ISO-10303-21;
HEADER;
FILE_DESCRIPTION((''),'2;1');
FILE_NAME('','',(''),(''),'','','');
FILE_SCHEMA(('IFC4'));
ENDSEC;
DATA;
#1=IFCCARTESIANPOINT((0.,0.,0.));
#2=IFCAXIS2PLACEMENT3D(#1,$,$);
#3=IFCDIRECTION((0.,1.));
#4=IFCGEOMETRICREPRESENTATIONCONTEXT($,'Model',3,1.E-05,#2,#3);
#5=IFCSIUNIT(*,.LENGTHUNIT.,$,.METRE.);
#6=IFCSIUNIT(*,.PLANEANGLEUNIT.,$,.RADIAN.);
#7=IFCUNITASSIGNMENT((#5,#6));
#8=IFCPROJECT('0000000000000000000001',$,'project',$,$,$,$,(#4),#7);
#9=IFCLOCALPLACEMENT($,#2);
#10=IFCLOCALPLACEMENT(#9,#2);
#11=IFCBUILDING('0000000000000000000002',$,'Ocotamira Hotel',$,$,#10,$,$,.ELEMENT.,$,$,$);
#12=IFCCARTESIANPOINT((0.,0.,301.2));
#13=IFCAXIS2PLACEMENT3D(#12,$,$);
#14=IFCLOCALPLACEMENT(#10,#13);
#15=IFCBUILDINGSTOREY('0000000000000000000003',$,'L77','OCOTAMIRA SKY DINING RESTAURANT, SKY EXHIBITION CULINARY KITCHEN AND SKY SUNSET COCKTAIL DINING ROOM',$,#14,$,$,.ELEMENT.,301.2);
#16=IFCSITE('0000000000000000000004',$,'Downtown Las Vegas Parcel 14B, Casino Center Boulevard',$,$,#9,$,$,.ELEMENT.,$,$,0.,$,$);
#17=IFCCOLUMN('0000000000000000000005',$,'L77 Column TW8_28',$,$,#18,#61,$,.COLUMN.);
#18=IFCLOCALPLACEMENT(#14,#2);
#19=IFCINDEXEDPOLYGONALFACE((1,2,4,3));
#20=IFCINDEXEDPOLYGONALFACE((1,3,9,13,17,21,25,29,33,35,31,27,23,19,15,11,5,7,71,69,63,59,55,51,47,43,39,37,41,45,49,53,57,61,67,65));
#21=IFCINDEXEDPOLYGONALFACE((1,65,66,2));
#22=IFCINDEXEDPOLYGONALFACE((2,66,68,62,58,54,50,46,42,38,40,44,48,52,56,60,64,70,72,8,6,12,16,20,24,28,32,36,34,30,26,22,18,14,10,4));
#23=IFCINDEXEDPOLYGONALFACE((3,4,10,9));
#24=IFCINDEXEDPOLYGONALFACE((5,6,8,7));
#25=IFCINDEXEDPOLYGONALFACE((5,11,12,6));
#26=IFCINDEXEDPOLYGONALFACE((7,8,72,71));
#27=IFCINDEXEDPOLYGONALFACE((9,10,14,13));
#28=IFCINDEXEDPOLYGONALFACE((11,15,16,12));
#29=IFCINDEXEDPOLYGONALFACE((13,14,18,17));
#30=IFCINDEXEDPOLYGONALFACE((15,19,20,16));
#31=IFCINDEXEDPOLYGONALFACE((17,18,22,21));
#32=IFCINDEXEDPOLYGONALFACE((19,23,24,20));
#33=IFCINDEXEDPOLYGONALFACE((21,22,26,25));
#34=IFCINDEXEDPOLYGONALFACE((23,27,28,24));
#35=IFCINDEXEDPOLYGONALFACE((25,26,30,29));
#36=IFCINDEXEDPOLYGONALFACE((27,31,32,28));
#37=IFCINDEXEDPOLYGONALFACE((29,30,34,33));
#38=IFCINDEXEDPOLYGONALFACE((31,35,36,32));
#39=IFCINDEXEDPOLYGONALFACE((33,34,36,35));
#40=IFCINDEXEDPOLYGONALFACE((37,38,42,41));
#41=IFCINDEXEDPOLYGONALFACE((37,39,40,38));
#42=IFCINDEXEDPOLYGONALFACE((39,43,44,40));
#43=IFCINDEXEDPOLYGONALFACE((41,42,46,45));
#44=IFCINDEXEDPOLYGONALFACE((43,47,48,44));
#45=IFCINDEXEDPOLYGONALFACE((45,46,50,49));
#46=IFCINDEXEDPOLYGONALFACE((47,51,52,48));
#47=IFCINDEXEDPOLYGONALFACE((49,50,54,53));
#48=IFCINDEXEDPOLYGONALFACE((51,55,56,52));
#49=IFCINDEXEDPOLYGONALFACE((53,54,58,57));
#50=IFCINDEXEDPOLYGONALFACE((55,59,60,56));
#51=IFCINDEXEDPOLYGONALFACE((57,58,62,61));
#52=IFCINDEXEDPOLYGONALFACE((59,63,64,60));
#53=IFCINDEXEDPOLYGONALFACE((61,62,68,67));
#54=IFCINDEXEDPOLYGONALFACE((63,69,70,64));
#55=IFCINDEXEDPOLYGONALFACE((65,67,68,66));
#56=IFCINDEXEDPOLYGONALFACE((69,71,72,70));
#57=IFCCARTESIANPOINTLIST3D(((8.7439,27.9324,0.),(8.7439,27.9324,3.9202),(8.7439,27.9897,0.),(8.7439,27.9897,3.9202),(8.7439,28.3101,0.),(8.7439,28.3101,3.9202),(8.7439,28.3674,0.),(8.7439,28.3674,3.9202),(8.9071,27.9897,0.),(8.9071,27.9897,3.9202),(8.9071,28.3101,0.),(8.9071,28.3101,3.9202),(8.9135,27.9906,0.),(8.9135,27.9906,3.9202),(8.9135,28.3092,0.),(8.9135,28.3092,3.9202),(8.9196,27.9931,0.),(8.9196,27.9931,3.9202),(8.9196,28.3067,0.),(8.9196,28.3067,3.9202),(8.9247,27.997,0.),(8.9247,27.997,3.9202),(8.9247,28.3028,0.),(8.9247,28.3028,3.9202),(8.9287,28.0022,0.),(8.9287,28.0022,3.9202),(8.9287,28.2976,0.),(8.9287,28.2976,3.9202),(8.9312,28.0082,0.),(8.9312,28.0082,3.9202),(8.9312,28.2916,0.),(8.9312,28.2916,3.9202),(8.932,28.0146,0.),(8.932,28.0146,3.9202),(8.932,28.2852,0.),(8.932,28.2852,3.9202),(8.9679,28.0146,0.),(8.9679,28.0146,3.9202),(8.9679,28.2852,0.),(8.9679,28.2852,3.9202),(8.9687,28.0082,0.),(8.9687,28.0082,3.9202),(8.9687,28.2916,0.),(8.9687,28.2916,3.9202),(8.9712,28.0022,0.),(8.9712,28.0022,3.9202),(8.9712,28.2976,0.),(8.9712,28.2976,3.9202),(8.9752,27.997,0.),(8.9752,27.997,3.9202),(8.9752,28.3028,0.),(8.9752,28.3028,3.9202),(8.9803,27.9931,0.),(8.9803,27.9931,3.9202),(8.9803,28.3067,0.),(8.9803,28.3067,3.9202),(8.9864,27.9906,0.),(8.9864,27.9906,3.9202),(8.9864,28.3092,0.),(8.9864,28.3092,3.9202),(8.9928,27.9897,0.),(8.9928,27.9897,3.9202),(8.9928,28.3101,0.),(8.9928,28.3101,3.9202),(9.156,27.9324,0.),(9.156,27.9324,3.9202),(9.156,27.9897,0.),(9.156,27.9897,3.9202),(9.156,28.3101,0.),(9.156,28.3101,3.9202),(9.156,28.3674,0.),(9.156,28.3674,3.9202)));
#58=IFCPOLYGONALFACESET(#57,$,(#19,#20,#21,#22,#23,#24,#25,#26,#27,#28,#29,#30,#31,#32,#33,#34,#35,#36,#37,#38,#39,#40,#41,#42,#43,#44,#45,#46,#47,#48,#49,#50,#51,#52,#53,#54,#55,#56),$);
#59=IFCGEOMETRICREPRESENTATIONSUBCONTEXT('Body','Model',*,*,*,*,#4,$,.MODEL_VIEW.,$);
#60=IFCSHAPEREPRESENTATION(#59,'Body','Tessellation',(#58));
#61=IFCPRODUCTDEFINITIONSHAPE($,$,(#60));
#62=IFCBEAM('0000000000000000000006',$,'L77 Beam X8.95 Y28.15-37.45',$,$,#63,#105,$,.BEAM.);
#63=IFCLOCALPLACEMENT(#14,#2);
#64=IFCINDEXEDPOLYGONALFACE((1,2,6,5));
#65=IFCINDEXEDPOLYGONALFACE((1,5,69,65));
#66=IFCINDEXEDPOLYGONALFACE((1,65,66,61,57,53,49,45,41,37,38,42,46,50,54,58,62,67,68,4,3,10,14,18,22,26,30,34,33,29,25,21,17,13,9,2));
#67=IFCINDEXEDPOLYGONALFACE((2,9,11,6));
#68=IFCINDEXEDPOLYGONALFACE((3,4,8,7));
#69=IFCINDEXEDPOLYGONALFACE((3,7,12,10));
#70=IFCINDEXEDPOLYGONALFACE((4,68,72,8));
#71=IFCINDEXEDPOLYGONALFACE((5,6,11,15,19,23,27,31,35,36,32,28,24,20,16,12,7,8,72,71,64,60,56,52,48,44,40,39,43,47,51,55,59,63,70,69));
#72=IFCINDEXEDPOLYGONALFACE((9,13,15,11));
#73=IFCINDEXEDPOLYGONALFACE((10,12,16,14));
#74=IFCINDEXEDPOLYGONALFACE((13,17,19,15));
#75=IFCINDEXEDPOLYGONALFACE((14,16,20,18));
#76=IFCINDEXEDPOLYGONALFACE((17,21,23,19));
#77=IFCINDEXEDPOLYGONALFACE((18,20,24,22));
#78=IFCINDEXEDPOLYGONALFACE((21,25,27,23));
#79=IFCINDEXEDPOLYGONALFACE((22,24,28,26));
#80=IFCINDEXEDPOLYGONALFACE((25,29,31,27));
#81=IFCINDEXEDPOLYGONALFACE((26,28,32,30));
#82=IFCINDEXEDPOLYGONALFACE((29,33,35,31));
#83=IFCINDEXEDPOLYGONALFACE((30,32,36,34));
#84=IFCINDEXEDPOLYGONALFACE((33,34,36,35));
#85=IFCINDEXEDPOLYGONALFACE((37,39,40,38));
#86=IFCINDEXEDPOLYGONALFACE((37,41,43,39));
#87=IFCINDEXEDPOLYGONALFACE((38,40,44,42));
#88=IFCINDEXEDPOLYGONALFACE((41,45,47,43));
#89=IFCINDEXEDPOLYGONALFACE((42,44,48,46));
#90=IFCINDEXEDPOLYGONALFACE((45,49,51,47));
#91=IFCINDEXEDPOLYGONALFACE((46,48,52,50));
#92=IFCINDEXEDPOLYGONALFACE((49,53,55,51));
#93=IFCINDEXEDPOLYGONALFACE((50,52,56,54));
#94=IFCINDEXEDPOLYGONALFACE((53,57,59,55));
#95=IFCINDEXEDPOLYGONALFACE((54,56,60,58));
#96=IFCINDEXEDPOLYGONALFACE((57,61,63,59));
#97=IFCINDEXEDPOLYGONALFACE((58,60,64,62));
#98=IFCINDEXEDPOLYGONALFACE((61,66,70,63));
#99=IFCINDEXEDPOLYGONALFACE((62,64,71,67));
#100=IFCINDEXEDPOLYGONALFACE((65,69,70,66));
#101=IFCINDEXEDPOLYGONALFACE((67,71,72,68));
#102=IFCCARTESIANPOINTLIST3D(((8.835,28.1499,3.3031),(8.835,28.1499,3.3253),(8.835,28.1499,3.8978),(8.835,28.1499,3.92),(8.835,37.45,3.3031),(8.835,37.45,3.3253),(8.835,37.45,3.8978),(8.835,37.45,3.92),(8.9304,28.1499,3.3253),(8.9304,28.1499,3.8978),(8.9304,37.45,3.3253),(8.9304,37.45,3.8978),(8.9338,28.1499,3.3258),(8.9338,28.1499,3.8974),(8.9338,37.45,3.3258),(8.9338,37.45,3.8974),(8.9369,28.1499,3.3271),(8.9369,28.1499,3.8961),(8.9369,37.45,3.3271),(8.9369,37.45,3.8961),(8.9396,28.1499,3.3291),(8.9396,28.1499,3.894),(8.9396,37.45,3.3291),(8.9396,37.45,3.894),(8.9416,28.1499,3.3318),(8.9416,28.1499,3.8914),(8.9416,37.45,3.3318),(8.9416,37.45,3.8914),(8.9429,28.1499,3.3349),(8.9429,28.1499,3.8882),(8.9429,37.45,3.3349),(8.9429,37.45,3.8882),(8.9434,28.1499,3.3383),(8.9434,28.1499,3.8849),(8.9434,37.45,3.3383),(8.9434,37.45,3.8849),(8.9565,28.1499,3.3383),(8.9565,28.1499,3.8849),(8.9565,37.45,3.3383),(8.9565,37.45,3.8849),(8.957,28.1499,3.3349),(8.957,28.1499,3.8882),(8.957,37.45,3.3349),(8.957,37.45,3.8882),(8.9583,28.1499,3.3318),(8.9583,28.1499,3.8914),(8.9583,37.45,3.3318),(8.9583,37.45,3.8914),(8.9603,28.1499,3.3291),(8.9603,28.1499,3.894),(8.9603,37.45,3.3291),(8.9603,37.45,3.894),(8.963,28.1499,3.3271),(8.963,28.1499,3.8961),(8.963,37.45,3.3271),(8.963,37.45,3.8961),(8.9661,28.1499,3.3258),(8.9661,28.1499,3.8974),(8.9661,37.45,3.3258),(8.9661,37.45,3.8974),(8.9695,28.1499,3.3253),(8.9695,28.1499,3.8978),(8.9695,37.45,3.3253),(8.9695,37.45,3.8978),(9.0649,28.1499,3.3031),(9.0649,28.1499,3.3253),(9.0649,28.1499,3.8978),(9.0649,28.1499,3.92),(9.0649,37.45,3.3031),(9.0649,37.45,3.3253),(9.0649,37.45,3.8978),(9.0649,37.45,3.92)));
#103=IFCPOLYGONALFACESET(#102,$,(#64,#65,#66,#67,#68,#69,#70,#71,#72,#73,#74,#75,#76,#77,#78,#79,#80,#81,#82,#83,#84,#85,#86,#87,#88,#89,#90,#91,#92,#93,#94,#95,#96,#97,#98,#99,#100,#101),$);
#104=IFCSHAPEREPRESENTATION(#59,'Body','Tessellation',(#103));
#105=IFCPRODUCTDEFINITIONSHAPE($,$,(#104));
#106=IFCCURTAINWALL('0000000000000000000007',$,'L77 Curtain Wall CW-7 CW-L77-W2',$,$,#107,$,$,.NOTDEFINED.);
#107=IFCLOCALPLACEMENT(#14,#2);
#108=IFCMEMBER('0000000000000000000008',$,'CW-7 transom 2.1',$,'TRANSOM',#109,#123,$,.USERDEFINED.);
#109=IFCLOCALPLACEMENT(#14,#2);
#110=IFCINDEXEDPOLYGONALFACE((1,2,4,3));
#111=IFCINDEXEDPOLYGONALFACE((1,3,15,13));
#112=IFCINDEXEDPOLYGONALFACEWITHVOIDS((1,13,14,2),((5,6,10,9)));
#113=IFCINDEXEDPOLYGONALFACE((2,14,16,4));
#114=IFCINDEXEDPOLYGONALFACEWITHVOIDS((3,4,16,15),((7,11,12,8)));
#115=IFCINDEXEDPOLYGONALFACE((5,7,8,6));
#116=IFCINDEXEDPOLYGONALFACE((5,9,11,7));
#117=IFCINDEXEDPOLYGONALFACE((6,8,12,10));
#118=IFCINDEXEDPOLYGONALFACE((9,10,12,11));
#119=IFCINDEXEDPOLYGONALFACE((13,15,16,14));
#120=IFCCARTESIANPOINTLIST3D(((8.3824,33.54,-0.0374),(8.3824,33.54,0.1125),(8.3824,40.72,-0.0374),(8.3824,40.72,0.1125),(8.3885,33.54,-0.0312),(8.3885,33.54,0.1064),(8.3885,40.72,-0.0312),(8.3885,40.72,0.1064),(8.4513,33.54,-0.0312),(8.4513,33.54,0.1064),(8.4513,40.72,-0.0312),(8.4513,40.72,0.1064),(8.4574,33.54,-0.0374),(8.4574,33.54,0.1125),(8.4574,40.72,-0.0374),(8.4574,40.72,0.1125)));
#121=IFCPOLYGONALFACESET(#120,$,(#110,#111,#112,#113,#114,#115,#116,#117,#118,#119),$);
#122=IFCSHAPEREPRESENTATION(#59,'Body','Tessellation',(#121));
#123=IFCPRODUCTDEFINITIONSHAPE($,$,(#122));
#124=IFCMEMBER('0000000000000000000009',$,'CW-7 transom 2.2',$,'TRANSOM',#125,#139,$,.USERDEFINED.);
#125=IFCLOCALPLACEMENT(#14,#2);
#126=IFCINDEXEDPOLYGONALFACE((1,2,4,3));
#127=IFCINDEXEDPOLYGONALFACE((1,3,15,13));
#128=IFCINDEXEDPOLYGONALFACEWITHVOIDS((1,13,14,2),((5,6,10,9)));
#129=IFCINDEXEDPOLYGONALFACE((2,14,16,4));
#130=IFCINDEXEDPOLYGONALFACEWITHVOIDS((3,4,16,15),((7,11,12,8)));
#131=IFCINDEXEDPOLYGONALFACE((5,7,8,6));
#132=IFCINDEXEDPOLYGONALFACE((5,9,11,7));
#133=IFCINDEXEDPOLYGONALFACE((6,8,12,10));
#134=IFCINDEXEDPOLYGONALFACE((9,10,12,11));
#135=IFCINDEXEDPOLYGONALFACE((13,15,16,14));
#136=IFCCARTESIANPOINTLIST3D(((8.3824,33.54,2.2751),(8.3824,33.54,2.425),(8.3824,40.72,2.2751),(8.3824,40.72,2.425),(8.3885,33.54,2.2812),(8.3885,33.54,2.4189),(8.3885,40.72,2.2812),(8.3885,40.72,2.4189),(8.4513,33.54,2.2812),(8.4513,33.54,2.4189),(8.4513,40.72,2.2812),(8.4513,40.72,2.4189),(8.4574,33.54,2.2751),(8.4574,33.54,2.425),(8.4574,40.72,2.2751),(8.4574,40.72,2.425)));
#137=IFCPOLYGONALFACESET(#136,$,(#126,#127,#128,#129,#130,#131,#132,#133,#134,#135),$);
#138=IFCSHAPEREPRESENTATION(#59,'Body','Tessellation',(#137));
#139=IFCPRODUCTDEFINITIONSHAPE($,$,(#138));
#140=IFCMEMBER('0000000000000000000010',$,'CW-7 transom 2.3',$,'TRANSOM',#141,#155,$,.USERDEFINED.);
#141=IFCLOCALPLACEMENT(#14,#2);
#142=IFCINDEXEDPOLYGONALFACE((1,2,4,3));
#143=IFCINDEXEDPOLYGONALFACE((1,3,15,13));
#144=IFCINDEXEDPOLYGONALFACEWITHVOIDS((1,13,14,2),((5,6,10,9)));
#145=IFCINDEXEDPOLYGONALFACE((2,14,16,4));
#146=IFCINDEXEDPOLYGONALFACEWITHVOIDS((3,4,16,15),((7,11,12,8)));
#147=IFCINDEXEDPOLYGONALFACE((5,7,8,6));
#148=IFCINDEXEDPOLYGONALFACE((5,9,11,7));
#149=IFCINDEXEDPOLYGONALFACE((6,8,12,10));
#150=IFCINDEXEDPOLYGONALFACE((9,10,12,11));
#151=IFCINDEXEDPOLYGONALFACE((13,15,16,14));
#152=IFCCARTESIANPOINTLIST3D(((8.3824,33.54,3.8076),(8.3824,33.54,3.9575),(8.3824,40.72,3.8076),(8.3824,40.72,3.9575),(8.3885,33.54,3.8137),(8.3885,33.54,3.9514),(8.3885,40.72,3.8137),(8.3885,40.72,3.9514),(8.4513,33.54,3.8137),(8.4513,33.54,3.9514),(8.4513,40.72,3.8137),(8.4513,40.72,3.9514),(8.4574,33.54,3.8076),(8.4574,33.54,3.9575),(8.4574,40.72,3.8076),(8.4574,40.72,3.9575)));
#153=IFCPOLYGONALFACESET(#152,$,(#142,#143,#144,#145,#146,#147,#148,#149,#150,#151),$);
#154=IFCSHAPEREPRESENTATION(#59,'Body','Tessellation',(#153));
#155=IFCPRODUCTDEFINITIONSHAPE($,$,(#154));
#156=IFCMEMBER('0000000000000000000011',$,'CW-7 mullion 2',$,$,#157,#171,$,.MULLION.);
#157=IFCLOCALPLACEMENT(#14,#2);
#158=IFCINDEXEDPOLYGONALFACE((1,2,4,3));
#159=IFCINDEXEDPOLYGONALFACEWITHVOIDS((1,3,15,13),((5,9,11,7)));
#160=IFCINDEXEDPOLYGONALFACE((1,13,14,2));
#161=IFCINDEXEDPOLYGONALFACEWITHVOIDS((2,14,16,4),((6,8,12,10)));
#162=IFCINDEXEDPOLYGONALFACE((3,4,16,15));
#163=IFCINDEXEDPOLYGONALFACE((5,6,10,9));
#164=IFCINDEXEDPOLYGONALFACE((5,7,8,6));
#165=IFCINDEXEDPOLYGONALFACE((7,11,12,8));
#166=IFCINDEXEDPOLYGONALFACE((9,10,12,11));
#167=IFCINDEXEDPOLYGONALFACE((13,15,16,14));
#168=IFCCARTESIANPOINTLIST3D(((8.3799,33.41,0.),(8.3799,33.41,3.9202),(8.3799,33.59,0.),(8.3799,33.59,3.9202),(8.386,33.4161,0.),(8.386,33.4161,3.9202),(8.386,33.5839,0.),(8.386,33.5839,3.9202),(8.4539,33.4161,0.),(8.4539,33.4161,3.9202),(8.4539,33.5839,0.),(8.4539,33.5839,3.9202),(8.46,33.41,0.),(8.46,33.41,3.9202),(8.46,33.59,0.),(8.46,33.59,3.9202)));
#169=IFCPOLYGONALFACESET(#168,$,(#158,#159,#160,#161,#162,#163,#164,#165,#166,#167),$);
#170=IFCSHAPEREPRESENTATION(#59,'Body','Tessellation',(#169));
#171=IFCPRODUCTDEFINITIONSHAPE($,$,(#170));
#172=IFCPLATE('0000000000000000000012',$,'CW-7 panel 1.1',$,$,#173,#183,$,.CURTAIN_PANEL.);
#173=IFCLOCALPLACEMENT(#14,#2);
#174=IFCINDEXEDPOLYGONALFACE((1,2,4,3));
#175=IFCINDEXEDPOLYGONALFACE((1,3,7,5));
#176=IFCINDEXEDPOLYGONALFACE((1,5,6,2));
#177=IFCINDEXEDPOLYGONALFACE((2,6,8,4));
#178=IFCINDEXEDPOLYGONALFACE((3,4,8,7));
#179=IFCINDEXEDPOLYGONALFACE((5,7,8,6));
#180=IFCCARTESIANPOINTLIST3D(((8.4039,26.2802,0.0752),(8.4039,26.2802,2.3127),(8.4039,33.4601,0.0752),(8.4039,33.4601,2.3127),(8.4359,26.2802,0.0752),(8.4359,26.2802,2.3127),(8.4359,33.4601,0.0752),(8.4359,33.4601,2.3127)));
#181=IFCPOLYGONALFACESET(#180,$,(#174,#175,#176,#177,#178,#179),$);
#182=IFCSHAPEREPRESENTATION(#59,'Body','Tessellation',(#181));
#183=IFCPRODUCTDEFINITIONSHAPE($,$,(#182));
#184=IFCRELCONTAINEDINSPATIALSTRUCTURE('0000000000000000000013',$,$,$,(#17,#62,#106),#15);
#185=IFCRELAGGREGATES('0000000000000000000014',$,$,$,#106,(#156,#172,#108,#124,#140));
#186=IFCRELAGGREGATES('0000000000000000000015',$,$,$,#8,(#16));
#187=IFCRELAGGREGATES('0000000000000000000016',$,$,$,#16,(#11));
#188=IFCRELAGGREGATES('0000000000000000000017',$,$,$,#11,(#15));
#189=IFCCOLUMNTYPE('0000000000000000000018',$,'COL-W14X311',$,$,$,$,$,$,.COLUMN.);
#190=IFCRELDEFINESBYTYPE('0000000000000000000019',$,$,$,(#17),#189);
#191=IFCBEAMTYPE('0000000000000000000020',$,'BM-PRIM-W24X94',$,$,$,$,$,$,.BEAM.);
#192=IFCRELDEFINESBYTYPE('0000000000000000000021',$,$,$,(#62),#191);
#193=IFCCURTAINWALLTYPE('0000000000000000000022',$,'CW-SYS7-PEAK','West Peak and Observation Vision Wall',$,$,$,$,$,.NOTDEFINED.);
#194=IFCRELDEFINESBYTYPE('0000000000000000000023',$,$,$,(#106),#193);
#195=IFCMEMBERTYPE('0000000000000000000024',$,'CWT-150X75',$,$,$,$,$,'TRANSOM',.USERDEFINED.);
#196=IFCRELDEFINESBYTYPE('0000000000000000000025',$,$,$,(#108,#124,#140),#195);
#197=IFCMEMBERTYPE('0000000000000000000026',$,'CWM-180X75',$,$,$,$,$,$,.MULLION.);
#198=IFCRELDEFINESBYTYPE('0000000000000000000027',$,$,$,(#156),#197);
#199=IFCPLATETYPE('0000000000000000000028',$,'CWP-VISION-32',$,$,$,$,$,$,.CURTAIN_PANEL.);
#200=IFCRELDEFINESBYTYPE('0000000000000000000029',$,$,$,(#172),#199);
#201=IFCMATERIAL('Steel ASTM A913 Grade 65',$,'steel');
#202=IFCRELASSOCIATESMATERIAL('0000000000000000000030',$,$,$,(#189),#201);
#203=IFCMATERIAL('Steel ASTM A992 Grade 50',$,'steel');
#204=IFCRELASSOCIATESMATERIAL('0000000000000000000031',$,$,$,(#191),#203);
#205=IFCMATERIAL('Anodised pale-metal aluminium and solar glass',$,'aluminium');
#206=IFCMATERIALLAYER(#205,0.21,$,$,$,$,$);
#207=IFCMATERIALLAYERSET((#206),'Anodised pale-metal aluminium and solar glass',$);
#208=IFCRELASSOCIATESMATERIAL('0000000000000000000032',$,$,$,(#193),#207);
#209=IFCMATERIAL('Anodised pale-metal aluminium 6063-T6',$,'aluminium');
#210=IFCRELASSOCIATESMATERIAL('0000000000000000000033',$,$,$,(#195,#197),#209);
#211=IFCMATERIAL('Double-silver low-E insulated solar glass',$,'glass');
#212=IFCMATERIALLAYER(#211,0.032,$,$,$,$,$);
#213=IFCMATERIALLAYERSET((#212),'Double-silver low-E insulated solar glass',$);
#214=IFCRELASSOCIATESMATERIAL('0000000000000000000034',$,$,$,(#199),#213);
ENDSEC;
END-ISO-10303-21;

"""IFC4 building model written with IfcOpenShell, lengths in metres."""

from ifc_helpers import new_model, si_unit, direction, frame, origin, origin_2d, place, context, subcontext, project, spatial, rectangle, hollow_rectangle, i_section, extrude, source, transform, mapped, material, layer, layer_set, material_profile, profile_set, type_object, element, aggregate, save


model = new_model("IFC4")

# Units and contexts
model_context = context("Model", 3, precision=1e-05, world=origin(), true_north=direction((0.0, 1.0)))
body_context = subcontext(model_context, "Body", "Model", "MODEL_VIEW")
ifc_project = project(units=[si_unit("LENGTHUNIT", "METRE"), si_unit("PLANEANGLEUNIT", "RADIAN")], contexts=[model_context])

# Site, building, storey
site_placement = place(None, origin())
site = spatial("IfcSite", under=ifc_project, at=site_placement, Name="Downtown Las Vegas Parcel 14B, Casino Center Boulevard", CompositionType="ELEMENT", RefElevation=0.0)
building_placement = place(site_placement, origin())
building = spatial("IfcBuilding", under=site, at=building_placement, Name="Ocotamira Hotel", CompositionType="ELEMENT")
storey_placement = place(building_placement, frame((0.0, 0.0, 301.2)))
storey = spatial("IfcBuildingStorey", under=building, at=storey_placement, Name="L77", Description="OCOTAMIRA SKY DINING RESTAURANT, SKY EXHIBITION CULINARY KITCHEN AND SKY SUNSET COCKTAIL DINING ROOM", CompositionType="ELEMENT", Elevation=301.2)

# Column
ifc_material_1 = material(Name="Steel ASTM A913 Grade 65", Category="steel")
ifc_material_profile_1 = material_profile(ifc_material_1, i_section(OverallWidth=0.4121, OverallDepth=0.4351, WebThickness=0.0359, FlangeThickness=0.0574, FilletRadius=0.0249, at=origin_2d()), Name="W14X311")
ifc_profile_set_1 = profile_set([ifc_material_profile_1], Name="Steel ASTM A913 Grade 65")
column_type = type_object("IfcColumnType", Name="COL-W14X311", PredefinedType="COLUMN", material=ifc_profile_set_1)
shared_shape_1 = source(origin(), body_context, "Body", "SweptSolid", [
    extrude(i_section(OverallWidth=0.4121, OverallDepth=0.4351, WebThickness=0.0359, FlangeThickness=0.0574, FilletRadius=0.0249, at=origin_2d()), origin(), (0.0, 0.0, 1.0), 3.9202),
])
column_placement = place(storey_placement, frame((8.95, 28.1499, 0.0), z_axis=(0.0, 0.0, 1.0), x_axis=(1.0, 0.0, 0.0)))
element("IfcColumn", 1, at=column_placement, inside=storey, type_object=column_type, Name="L77 Column TW8_28", PredefinedType="COLUMN", context=body_context, shape_type="MappedRepresentation", body=[
    mapped(shared_shape_1, transform((0.0, 0.0, 0.0), scale=1.0)),
])

# Beam
ifc_material_2 = material(Name="Steel ASTM A992 Grade 50", Category="steel")
ifc_material_profile_2 = material_profile(ifc_material_2, i_section(OverallWidth=0.23, OverallDepth=0.6169, WebThickness=0.0132, FlangeThickness=0.0222, FilletRadius=0.0129, at=origin_2d()), Name="W24X94")
ifc_profile_set_2 = profile_set([ifc_material_profile_2], Name="Steel ASTM A992 Grade 50")
beam_type = type_object("IfcBeamType", Name="BM-PRIM-W24X94", PredefinedType="BEAM", material=ifc_profile_set_2)
shared_shape_2 = source(origin(), body_context, "Body", "SweptSolid", [
    extrude(i_section(OverallWidth=0.23, OverallDepth=0.6169, WebThickness=0.0132, FlangeThickness=0.0222, FilletRadius=0.0129, at=origin_2d()), origin(), (0.0, 0.0, 1.0), 9.3),
])
beam_placement = place(storey_placement, frame((8.95, 28.1499, 3.6116), z_axis=(0.0, 1.0, 0.0), x_axis=(-1.0, 0.0, 0.0)))
element("IfcBeam", 2, at=beam_placement, inside=storey, type_object=beam_type, Name="L77 Beam X8.95 Y28.15-37.45", PredefinedType="BEAM", context=body_context, shape_type="MappedRepresentation", body=[
    mapped(shared_shape_2, transform((0.0, 0.0, 0.0), scale=1.0)),
])

# Curtain wall, members, plate
ifc_material_3 = material(Name="Anodised pale-metal aluminium and solar glass", Category="aluminium")
ifc_layer_1 = layer(ifc_material_3, 0.21)
ifc_layer_set_1 = layer_set([ifc_layer_1], Name="Anodised pale-metal aluminium and solar glass")
curtain_wall_type = type_object("IfcCurtainWallType", Name="CW-SYS7-PEAK", Description="West Peak and Observation Vision Wall", PredefinedType="NOTDEFINED", material=ifc_layer_set_1)
curtain_wall_placement = place(storey_placement, origin())
curtain_wall = element("IfcCurtainWall", 3, at=curtain_wall_placement, inside=storey, type_object=curtain_wall_type, Name="L77 Curtain Wall CW-7 CW-L77-W2", PredefinedType="NOTDEFINED")
ifc_material_4 = material(Name="Anodised pale-metal aluminium 6063-T6", Category="aluminium")
ifc_material_profile_3 = material_profile(ifc_material_4, hollow_rectangle(XDim=0.075, YDim=0.1499, WallThickness=0.0061, at=origin_2d()), Name="HSS150X75X6")
ifc_profile_set_3 = profile_set([ifc_material_profile_3], Name="Anodised pale-metal aluminium 6063-T6")
member_type_1 = type_object("IfcMemberType", Name="CWT-150X75", ElementType="TRANSOM", PredefinedType="USERDEFINED", material=ifc_profile_set_3)
shared_shape_3 = source(origin(), body_context, "Body", "SweptSolid", [
    extrude(hollow_rectangle(XDim=0.075, YDim=0.1499, WallThickness=0.0061, at=origin_2d()), origin(), (0.0, 0.0, 1.0), 7.1799),
])
member_1_placement = place(storey_placement, frame((8.4199, 33.54, 0.0376), z_axis=(0.0, 1.0, 0.0), x_axis=(-1.0, 0.0, 0.0)))
member_1 = element("IfcMember", 4, at=member_1_placement, type_object=member_type_1, Name="CW-7 transom 2.1", ObjectType="TRANSOM", PredefinedType="USERDEFINED", context=body_context, shape_type="MappedRepresentation", body=[
    mapped(shared_shape_3, transform((0.0, 0.0, 0.0), scale=1.0)),
])
member_2_placement = place(storey_placement, frame((8.4199, 33.54, 2.3501), z_axis=(0.0, 1.0, 0.0), x_axis=(-1.0, 0.0, 0.0)))
member_2 = element("IfcMember", 5, at=member_2_placement, type_object=member_type_1, Name="CW-7 transom 2.2", ObjectType="TRANSOM", PredefinedType="USERDEFINED", context=body_context, shape_type="MappedRepresentation", body=[
    mapped(shared_shape_3, transform((0.0, 0.0, 0.0), scale=1.0)),
])
member_3_placement = place(storey_placement, frame((8.4199, 33.54, 3.8826), z_axis=(0.0, 1.0, 0.0), x_axis=(-1.0, 0.0, 0.0)))
member_3 = element("IfcMember", 6, at=member_3_placement, type_object=member_type_1, Name="CW-7 transom 2.3", ObjectType="TRANSOM", PredefinedType="USERDEFINED", context=body_context, shape_type="MappedRepresentation", body=[
    mapped(shared_shape_3, transform((0.0, 0.0, 0.0), scale=1.0)),
])
ifc_material_profile_4 = material_profile(ifc_material_4, hollow_rectangle(XDim=0.0801, YDim=0.1799, WallThickness=0.0061, at=origin_2d()), Name="HSS180X80X6")
ifc_profile_set_4 = profile_set([ifc_material_profile_4], Name="Anodised pale-metal aluminium 6063-T6")
member_type_2 = type_object("IfcMemberType", Name="CWM-180X75", PredefinedType="MULLION", material=ifc_profile_set_4)
shared_shape_4 = source(origin(), body_context, "Body", "SweptSolid", [
    extrude(hollow_rectangle(XDim=0.0801, YDim=0.1799, WallThickness=0.0061, at=origin_2d()), origin(), (0.0, 0.0, 1.0), 3.9202),
])
member_4_placement = place(storey_placement, frame((8.4199, 33.5, 0.0), z_axis=(0.0, 0.0, 1.0), x_axis=(-1.0, 0.0, 0.0)))
member_4 = element("IfcMember", 7, at=member_4_placement, type_object=member_type_2, Name="CW-7 mullion 2", PredefinedType="MULLION", context=body_context, shape_type="MappedRepresentation", body=[
    mapped(shared_shape_4, transform((0.0, 0.0, 0.0), scale=1.0)),
])
ifc_material_5 = material(Name="Double-silver low-E insulated solar glass", Category="glass")
ifc_layer_2 = layer(ifc_material_5, 0.032)
ifc_layer_set_2 = layer_set([ifc_layer_2], Name="Double-silver low-E insulated solar glass")
plate_type = type_object("IfcPlateType", Name="CWP-VISION-32", PredefinedType="CURTAIN_PANEL", material=ifc_layer_set_2)
shared_shape_5 = source(origin(), body_context, "Body", "SweptSolid", [
    extrude(rectangle(XDim=7.1799, YDim=0.032, at=origin_2d()), origin(), (0.0, 0.0, 1.0), 2.2375),
])
plate_1_placement = place(storey_placement, frame((8.4199, 29.8701, 0.0752), z_axis=(0.0, 0.0, 1.0), x_axis=(0.0, 1.0, 0.0)))
plate_1 = element("IfcPlate", 8, at=plate_1_placement, type_object=plate_type, Name="CW-7 panel 1.1", PredefinedType="CURTAIN_PANEL", context=body_context, shape_type="MappedRepresentation", body=[
    mapped(shared_shape_5, transform((0.0, 0.0, 0.0), scale=1.0)),
])
aggregate(curtain_wall, [member_4, plate_1, member_1, member_2, member_3])

save(model, "model.ifc")
